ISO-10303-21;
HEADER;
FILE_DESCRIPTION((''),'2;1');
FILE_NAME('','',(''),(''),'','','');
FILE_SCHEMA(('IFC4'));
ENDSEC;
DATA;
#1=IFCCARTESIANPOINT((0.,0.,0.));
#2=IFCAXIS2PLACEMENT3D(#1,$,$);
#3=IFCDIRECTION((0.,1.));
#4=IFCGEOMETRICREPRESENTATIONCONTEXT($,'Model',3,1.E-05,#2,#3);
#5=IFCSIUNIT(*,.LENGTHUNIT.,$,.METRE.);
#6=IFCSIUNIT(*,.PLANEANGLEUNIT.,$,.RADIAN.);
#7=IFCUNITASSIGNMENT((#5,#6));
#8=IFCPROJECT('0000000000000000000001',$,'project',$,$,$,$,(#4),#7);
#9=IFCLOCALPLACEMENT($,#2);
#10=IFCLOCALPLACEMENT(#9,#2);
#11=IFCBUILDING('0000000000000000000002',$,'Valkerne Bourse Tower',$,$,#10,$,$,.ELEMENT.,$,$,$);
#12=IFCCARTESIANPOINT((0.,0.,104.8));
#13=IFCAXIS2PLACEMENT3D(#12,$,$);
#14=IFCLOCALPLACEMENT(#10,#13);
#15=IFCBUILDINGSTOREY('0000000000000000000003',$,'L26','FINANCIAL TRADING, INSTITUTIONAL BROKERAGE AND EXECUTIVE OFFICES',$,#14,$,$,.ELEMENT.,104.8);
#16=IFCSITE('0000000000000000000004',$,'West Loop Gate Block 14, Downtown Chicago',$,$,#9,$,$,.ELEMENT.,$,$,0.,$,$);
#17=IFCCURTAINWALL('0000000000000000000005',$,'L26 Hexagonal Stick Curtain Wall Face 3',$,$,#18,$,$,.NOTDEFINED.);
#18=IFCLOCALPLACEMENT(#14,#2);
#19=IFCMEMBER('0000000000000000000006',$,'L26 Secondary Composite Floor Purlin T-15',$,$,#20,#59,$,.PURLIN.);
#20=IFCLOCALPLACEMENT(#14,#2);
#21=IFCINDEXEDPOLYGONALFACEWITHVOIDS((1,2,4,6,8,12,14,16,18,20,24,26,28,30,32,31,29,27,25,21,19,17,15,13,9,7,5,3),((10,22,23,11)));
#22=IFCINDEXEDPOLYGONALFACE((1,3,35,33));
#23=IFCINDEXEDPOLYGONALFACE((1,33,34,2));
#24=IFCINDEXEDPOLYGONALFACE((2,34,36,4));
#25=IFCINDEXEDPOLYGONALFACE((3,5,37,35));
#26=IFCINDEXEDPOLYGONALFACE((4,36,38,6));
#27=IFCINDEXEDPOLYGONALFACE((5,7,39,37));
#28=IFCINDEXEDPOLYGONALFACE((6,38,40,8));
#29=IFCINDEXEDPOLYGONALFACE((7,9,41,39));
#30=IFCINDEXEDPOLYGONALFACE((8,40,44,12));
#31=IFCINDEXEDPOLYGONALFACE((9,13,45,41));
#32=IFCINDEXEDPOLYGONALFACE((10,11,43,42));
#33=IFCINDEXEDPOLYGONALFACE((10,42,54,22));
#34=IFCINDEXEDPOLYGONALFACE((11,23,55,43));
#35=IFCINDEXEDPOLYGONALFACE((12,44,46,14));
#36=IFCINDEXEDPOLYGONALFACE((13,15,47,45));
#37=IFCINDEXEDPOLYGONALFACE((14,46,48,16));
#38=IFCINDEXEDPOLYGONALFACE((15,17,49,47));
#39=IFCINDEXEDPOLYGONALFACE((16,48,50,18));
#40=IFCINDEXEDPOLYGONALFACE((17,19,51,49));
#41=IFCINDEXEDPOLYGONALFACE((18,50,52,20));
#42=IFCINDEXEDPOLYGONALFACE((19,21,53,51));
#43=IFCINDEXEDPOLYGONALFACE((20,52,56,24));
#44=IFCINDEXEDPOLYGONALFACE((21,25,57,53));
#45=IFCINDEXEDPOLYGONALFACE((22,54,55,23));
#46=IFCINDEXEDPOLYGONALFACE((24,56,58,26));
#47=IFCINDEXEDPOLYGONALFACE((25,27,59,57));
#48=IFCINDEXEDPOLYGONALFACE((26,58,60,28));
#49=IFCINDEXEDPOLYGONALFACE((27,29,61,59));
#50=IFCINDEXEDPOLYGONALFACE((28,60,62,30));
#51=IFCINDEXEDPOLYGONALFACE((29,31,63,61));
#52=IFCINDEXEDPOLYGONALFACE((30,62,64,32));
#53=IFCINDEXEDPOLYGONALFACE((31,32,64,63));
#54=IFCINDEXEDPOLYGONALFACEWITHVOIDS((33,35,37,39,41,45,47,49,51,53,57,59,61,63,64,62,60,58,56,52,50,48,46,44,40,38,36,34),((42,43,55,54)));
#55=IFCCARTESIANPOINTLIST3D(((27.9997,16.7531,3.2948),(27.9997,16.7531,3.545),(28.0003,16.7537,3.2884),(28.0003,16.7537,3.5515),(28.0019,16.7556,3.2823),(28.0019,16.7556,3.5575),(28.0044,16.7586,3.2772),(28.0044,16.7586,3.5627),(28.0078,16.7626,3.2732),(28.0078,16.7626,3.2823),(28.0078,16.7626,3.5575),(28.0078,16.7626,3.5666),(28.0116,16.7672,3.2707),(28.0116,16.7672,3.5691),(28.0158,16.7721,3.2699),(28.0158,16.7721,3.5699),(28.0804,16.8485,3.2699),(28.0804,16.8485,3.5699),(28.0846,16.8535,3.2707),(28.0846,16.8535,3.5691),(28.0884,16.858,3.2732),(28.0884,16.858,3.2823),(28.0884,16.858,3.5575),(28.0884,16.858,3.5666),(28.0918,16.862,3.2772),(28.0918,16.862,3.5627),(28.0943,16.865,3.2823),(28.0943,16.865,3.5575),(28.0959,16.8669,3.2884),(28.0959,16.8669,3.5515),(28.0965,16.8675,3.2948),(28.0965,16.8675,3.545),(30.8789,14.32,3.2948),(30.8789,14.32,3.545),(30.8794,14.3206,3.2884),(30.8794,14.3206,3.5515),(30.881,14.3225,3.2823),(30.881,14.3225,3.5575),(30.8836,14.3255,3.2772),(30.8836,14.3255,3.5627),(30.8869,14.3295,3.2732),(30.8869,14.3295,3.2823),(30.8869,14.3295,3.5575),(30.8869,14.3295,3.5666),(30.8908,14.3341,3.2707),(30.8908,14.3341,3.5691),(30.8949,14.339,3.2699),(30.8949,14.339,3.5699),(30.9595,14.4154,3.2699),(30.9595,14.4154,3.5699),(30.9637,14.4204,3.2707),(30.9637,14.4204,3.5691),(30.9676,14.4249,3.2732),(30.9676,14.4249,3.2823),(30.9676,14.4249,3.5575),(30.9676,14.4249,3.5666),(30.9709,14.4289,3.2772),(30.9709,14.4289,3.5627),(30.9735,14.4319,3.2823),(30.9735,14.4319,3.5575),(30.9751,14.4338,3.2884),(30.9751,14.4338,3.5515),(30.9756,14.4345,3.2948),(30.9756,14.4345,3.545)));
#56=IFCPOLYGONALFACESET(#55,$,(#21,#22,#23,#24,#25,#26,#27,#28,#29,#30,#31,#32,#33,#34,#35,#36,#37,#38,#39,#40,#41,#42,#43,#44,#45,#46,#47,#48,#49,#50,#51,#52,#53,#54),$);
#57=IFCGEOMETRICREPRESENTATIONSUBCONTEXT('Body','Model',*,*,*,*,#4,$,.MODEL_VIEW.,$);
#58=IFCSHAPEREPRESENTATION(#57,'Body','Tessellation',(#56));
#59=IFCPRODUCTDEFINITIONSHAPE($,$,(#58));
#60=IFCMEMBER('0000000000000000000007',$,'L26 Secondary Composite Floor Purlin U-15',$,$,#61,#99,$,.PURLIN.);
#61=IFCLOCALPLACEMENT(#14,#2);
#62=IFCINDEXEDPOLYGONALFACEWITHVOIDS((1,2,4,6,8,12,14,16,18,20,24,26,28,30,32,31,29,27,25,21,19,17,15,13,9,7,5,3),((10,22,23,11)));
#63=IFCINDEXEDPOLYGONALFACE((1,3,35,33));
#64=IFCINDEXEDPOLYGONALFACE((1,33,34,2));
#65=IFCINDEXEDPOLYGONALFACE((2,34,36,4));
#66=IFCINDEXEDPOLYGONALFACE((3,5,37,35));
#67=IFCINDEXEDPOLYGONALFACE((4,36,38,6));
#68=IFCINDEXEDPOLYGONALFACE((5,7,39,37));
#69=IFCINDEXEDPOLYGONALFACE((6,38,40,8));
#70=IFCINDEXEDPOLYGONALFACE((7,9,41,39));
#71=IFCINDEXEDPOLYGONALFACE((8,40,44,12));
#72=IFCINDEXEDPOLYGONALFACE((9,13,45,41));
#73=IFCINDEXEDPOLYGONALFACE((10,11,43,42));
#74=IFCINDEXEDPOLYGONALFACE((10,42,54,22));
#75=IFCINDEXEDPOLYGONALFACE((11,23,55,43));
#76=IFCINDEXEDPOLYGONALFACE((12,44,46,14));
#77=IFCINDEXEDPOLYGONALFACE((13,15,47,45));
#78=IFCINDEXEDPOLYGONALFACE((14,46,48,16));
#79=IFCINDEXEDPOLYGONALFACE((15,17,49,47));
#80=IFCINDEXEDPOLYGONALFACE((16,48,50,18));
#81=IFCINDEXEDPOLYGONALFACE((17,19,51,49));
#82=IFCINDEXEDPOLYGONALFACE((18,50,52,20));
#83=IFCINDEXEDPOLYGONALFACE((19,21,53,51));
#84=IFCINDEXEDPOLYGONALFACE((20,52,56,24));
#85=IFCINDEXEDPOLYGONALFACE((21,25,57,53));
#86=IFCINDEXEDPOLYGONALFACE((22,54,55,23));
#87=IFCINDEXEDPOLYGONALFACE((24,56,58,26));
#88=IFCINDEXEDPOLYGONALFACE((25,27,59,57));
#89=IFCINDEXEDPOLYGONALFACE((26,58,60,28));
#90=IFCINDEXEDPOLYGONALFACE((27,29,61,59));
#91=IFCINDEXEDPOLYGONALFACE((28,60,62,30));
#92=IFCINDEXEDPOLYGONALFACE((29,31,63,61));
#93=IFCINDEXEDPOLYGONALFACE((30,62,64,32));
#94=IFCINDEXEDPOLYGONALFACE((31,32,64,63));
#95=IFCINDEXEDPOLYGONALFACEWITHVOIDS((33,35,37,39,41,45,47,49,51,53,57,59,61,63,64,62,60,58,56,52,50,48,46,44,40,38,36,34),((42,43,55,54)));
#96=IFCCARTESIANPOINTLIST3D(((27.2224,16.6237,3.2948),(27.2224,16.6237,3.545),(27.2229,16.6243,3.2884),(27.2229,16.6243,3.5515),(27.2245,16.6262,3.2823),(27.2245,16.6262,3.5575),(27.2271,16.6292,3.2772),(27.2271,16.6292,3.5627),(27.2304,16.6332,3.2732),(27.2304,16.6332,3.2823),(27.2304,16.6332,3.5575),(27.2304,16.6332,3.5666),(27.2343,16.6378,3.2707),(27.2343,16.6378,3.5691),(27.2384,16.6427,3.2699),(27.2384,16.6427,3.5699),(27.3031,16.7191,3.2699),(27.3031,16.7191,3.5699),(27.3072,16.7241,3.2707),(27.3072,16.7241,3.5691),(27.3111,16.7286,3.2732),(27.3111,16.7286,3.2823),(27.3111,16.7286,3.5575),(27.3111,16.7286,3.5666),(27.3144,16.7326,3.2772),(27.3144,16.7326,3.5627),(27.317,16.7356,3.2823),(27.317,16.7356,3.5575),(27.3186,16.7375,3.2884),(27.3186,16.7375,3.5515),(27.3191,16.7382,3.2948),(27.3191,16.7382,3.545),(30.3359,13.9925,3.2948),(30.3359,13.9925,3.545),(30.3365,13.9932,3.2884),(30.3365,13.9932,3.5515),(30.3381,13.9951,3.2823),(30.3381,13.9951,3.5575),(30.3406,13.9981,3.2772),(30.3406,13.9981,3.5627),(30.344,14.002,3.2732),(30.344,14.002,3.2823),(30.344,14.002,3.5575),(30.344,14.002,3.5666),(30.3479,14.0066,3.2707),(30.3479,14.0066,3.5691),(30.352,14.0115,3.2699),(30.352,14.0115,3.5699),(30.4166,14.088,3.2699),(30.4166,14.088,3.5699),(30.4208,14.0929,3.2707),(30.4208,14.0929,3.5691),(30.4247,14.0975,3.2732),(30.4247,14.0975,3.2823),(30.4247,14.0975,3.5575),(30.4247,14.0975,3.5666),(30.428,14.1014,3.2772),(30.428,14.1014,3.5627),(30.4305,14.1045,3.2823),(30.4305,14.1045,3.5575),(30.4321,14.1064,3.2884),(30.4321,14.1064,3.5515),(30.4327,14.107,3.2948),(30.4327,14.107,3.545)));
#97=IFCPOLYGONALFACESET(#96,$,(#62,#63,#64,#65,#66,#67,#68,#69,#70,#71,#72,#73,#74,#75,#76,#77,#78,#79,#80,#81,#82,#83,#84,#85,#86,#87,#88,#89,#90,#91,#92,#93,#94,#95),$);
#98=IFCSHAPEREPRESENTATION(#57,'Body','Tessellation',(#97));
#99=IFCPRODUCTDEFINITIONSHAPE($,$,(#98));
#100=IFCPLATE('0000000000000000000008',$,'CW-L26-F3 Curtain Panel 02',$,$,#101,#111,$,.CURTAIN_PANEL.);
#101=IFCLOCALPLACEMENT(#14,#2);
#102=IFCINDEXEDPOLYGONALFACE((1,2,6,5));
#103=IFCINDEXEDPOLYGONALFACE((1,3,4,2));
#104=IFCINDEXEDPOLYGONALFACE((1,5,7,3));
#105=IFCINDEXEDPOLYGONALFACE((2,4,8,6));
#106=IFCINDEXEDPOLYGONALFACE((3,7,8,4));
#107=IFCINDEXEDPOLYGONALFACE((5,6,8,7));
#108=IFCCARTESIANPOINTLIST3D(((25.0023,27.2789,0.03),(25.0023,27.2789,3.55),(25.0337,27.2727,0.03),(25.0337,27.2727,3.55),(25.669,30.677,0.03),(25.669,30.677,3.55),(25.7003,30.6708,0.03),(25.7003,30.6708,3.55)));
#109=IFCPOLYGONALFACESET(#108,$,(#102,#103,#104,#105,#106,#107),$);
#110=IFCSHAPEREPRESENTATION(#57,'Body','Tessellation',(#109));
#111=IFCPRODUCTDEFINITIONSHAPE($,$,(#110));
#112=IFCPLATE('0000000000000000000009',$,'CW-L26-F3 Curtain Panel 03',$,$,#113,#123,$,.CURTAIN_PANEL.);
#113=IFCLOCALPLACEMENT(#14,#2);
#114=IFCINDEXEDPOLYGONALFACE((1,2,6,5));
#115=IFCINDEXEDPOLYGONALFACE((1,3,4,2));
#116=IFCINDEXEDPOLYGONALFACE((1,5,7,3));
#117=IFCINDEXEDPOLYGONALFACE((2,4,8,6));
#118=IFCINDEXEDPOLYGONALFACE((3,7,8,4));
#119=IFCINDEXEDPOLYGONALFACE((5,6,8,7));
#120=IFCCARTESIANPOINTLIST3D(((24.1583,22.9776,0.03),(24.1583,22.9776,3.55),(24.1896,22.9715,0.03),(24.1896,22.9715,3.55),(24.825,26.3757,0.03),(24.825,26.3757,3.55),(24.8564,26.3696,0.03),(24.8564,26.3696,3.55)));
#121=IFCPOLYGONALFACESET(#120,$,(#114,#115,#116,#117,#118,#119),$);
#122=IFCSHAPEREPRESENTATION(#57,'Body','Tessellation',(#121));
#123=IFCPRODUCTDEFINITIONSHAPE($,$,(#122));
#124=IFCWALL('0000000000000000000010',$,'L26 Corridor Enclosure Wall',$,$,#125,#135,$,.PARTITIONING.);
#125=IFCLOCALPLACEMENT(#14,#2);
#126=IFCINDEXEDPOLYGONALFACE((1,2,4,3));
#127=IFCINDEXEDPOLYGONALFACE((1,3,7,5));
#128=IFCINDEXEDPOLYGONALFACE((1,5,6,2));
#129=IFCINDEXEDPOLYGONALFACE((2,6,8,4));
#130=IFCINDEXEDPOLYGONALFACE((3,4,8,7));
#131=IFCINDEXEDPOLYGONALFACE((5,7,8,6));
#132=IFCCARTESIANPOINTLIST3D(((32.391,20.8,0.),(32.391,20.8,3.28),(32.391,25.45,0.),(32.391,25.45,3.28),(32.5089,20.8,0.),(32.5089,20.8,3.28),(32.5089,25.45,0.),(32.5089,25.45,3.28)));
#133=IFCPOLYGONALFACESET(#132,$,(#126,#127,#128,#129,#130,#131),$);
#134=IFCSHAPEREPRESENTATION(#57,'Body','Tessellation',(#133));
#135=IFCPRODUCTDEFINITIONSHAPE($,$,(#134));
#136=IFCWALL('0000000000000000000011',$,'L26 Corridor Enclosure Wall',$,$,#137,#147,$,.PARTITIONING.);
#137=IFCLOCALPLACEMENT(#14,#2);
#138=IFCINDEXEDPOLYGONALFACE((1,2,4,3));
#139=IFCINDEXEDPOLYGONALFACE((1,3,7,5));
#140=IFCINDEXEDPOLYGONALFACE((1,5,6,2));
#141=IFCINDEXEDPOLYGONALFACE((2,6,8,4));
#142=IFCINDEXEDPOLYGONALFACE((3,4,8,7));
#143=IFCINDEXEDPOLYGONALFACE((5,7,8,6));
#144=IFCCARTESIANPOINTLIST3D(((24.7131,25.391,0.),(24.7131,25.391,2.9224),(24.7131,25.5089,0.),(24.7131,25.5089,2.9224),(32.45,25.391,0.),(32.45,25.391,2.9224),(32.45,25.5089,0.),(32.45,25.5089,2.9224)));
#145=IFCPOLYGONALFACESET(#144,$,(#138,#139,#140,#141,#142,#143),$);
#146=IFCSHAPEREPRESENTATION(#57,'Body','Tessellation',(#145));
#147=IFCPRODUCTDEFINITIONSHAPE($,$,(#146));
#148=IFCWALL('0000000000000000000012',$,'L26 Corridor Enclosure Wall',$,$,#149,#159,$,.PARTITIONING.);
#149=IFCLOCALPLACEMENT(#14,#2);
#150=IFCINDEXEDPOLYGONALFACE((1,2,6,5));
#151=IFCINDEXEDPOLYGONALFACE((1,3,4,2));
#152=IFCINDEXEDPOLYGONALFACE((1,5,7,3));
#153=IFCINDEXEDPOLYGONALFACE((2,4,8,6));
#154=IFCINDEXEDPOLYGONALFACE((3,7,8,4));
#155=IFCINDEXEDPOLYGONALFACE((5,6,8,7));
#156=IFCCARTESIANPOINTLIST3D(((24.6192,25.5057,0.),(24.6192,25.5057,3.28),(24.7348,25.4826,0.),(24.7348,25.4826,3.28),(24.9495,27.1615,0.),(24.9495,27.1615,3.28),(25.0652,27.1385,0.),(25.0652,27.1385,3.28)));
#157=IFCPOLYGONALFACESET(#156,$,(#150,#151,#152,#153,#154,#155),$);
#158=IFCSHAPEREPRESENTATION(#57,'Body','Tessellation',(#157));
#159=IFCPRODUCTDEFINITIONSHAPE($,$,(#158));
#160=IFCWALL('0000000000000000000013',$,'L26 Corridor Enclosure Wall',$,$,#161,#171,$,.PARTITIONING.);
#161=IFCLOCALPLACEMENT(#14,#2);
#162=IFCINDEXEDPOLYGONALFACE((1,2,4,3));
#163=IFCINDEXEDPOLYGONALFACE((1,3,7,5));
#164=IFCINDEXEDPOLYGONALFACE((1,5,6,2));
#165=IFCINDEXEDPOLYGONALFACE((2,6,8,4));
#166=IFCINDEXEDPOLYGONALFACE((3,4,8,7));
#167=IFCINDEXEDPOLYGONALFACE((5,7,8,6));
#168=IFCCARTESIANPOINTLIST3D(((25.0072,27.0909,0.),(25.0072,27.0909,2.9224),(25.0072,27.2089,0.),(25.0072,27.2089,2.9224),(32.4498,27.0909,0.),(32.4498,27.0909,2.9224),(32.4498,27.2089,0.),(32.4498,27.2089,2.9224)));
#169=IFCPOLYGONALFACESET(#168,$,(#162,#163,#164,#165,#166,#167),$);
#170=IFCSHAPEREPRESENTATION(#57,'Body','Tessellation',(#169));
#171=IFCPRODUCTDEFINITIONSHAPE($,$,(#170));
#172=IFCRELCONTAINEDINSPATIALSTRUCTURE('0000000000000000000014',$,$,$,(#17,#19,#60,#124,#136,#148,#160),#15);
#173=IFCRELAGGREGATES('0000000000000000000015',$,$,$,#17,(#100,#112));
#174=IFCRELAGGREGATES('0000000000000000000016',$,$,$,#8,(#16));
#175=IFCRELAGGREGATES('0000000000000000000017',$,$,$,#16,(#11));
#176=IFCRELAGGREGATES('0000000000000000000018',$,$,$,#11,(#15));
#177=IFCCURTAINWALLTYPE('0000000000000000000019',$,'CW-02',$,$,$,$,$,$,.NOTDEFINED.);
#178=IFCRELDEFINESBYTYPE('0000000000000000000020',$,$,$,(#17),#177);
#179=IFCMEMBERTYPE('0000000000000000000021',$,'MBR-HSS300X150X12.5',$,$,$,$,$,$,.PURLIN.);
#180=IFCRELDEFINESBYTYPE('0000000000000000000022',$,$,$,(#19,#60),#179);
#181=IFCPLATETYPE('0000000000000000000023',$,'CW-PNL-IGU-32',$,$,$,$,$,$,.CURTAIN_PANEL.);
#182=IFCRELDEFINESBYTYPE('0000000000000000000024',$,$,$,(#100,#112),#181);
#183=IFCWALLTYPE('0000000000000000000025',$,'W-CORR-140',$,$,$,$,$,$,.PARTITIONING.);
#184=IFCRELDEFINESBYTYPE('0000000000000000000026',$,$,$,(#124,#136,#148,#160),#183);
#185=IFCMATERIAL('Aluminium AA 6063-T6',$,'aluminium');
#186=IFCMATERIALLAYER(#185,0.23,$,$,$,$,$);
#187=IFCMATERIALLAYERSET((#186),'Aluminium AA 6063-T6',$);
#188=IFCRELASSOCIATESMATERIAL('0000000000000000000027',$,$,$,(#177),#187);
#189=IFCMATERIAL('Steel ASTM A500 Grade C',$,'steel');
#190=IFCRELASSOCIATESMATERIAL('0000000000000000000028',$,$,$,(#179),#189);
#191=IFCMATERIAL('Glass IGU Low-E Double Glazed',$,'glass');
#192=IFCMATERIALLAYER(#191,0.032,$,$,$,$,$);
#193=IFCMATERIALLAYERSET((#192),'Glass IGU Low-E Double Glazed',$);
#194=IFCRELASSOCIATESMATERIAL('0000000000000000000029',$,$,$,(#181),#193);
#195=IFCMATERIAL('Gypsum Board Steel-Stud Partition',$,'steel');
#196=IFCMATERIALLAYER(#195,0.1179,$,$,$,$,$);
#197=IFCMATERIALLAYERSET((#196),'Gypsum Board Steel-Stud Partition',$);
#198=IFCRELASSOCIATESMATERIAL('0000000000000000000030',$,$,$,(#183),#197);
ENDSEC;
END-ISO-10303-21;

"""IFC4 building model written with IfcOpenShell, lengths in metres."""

from ifc_helpers import new_model, si_unit, direction, frame, frame_2d, origin, origin_2d, place, context, subcontext, project, spatial, rectangle, hollow_rectangle, extrude, material, layer, layer_set, material_profile, profile_set, type_object, element, aggregate, save


model = new_model("IFC4")

# Units and contexts
model_context = context("Model", 3, precision=1e-05, world=origin(), true_north=direction((0.0, 1.0)))
body_context = subcontext(model_context, "Body", "Model", "MODEL_VIEW")
ifc_project = project(units=[si_unit("LENGTHUNIT", "METRE"), si_unit("PLANEANGLEUNIT", "RADIAN")], contexts=[model_context])

# Site, building, storey
site_placement = place(None, origin())
site = spatial("IfcSite", under=ifc_project, at=site_placement, Name="West Loop Gate Block 14, Downtown Chicago", CompositionType="ELEMENT", RefElevation=0.0)
building_placement = place(site_placement, origin())
building = spatial("IfcBuilding", under=site, at=building_placement, Name="Valkerne Bourse Tower", CompositionType="ELEMENT")
storey_placement = place(building_placement, frame((0.0, 0.0, 104.8)))
storey = spatial("IfcBuildingStorey", under=building, at=storey_placement, Name="L26", Description="FINANCIAL TRADING, INSTITUTIONAL BROKERAGE AND EXECUTIVE OFFICES", CompositionType="ELEMENT", Elevation=104.8)

# Curtain wall
ifc_material_1 = material(Name="Aluminium AA 6063-T6", Category="aluminium")
ifc_layer_1 = layer(ifc_material_1, 0.23)
ifc_layer_set_1 = layer_set([ifc_layer_1], Name="Aluminium AA 6063-T6")
curtain_wall_type = type_object("IfcCurtainWallType", Name="CW-02", PredefinedType="NOTDEFINED", material=ifc_layer_set_1)
curtain_wall_1_placement = place(storey_placement, origin())
curtain_wall_1 = element("IfcCurtainWall", 1, at=curtain_wall_1_placement, inside=storey, type_object=curtain_wall_type, Name="L26 Hexagonal Stick Curtain Wall Face 3", PredefinedType="NOTDEFINED")

# Members
ifc_material_2 = material(Name="Steel ASTM A500 Grade C", Category="steel")
ifc_material_profile_1 = material_profile(ifc_material_2, hollow_rectangle(XDim=0.1499, YDim=0.3, WallThickness=0.0125, OuterFilletRadius=0.0249, at=origin_2d()), Name="HSS300X150X12.5")
ifc_profile_set_1 = profile_set([ifc_material_profile_1], Name="Steel ASTM A500 Grade C")
member_type_1 = type_object("IfcMemberType", Name="MBR-HSS300X150X12.5", PredefinedType="PURLIN", material=ifc_profile_set_1)
member_1_placement = place(storey_placement, frame((28.0481, 16.8103, 3.4199), z_axis=(0.763791, -0.645463, 0.0), x_axis=(0.645463, 0.763791, 0.0)))
element("IfcMember", 2, at=member_1_placement, inside=storey, type_object=member_type_1, Name="L26 Secondary Composite Floor Purlin T-15", PredefinedType="PURLIN", context=body_context, shape_type="SweptSolid", body=[
    extrude(hollow_rectangle(XDim=0.1499, YDim=0.3, WallThickness=0.0125, OuterFilletRadius=0.0249, at=origin_2d()), origin(), (0.0, 0.0, 1.0), 3.7695),
])
member_2_placement = place(storey_placement, frame((27.2708, 16.6809, 3.4199), z_axis=(0.7638, -0.645453, 0.0), x_axis=(0.645453, 0.7638, 0.0)))
element("IfcMember", 3, at=member_2_placement, inside=storey, type_object=member_type_1, Name="L26 Secondary Composite Floor Purlin U-15", PredefinedType="PURLIN", context=body_context, shape_type="SweptSolid", body=[
    extrude(hollow_rectangle(XDim=0.1499, YDim=0.3, WallThickness=0.0125, OuterFilletRadius=0.0249, at=origin_2d()), origin(), (0.0, 0.0, 1.0), 4.0764),
])

# Plates
ifc_material_3 = material(Name="Glass IGU Low-E Double Glazed", Category="glass")
ifc_layer_2 = layer(ifc_material_3, 0.032)
ifc_layer_set_2 = layer_set([ifc_layer_2], Name="Glass IGU Low-E Double Glazed")
plate_type = type_object("IfcPlateType", Name="CW-PNL-IGU-32", PredefinedType="CURTAIN_PANEL", material=ifc_layer_set_2)
plate_1_placement = place(storey_placement, frame((25.3513, 28.9749, 0.03), z_axis=(0.0, 0.0, 1.0), x_axis=(-0.192517, -0.981294, 0.0)))
plate_1 = element("IfcPlate", 4, at=plate_1_placement, type_object=plate_type, Name="CW-L26-F3 Curtain Panel 02", PredefinedType="CURTAIN_PANEL", context=body_context, shape_type="SweptSolid", body=[
    extrude(rectangle(XDim=3.4629, YDim=0.032, at=origin_2d()), origin(), (0.0, 0.0, 1.0), 3.52),
])
plate_2_placement = place(storey_placement, frame((24.5073, 24.6736, 0.03), z_axis=(0.0, 0.0, 1.0), x_axis=(-0.192539, -0.981289, 0.0)))
plate_2 = element("IfcPlate", 5, at=plate_2_placement, type_object=plate_type, Name="CW-L26-F3 Curtain Panel 03", PredefinedType="CURTAIN_PANEL", context=body_context, shape_type="SweptSolid", body=[
    extrude(rectangle(XDim=3.4629, YDim=0.032, at=origin_2d()), origin(), (0.0, 0.0, 1.0), 3.52),
])
aggregate(curtain_wall_1, [plate_1, plate_2])

# Walls
ifc_material_4 = material(Name="Gypsum Board Steel-Stud Partition", Category="steel")
ifc_layer_3 = layer(ifc_material_4, 0.1179)
ifc_layer_set_3 = layer_set([ifc_layer_3], Name="Gypsum Board Steel-Stud Partition")
wall_type = type_object("IfcWallType", Name="W-CORR-140", PredefinedType="PARTITIONING", material=ifc_layer_set_3)
wall_1_placement = place(storey_placement, frame((32.45, 20.8, 0.0), z_axis=(0.0, 0.0, 1.0), x_axis=(0.0, 1.0, 0.0)))
element("IfcWall", 6, at=wall_1_placement, inside=storey, type_object=wall_type, Name="L26 Corridor Enclosure Wall", PredefinedType="PARTITIONING", context=body_context, shape_type="SweptSolid", body=[
    extrude(rectangle(XDim=4.6499, YDim=0.1179, at=frame_2d((2.325, 0.0))), origin(), (0.0, 0.0, 1.0), 3.28),
])
wall_2_placement = place(storey_placement, frame((32.45, 25.45, 0.0), z_axis=(0.0, 0.0, 1.0), x_axis=(-1.0, 0.0, 0.0)))
element("IfcWall", 7, at=wall_2_placement, inside=storey, type_object=wall_type, Name="L26 Corridor Enclosure Wall", PredefinedType="PARTITIONING", context=body_context, shape_type="SweptSolid", body=[
    extrude(rectangle(XDim=7.7368, YDim=0.1179, at=frame_2d((3.8684, 0.0))), origin(), (0.0, 0.0, 1.0), 2.9224),
])
wall_3_placement = place(storey_placement, frame((24.677, 25.4941, 0.0), z_axis=(0.0, 0.0, 1.0), x_axis=(0.195643, 0.980675, 0.0)))
element("IfcWall", 8, at=wall_3_placement, inside=storey, type_object=wall_type, Name="L26 Corridor Enclosure Wall", PredefinedType="PARTITIONING", context=body_context, shape_type="SweptSolid", body=[
    extrude(rectangle(XDim=1.6885, YDim=0.1179, at=frame_2d((0.8442, 0.0))), origin(), (0.0, 0.0, 1.0), 3.28),
])
wall_4_placement = place(storey_placement, frame((25.0073, 27.1499, 0.0), z_axis=(0.0, 0.0, 1.0), x_axis=(1.0, 0.0, 0.0)))
element("IfcWall", 9, at=wall_4_placement, inside=storey, type_object=wall_type, Name="L26 Corridor Enclosure Wall", PredefinedType="PARTITIONING", context=body_context, shape_type="SweptSolid", body=[
    extrude(rectangle(XDim=7.4426, YDim=0.1179, at=frame_2d((3.7212, 0.0))), origin(), (0.0, 0.0, 1.0), 2.9224),
])

save(model, "model.ifc")
